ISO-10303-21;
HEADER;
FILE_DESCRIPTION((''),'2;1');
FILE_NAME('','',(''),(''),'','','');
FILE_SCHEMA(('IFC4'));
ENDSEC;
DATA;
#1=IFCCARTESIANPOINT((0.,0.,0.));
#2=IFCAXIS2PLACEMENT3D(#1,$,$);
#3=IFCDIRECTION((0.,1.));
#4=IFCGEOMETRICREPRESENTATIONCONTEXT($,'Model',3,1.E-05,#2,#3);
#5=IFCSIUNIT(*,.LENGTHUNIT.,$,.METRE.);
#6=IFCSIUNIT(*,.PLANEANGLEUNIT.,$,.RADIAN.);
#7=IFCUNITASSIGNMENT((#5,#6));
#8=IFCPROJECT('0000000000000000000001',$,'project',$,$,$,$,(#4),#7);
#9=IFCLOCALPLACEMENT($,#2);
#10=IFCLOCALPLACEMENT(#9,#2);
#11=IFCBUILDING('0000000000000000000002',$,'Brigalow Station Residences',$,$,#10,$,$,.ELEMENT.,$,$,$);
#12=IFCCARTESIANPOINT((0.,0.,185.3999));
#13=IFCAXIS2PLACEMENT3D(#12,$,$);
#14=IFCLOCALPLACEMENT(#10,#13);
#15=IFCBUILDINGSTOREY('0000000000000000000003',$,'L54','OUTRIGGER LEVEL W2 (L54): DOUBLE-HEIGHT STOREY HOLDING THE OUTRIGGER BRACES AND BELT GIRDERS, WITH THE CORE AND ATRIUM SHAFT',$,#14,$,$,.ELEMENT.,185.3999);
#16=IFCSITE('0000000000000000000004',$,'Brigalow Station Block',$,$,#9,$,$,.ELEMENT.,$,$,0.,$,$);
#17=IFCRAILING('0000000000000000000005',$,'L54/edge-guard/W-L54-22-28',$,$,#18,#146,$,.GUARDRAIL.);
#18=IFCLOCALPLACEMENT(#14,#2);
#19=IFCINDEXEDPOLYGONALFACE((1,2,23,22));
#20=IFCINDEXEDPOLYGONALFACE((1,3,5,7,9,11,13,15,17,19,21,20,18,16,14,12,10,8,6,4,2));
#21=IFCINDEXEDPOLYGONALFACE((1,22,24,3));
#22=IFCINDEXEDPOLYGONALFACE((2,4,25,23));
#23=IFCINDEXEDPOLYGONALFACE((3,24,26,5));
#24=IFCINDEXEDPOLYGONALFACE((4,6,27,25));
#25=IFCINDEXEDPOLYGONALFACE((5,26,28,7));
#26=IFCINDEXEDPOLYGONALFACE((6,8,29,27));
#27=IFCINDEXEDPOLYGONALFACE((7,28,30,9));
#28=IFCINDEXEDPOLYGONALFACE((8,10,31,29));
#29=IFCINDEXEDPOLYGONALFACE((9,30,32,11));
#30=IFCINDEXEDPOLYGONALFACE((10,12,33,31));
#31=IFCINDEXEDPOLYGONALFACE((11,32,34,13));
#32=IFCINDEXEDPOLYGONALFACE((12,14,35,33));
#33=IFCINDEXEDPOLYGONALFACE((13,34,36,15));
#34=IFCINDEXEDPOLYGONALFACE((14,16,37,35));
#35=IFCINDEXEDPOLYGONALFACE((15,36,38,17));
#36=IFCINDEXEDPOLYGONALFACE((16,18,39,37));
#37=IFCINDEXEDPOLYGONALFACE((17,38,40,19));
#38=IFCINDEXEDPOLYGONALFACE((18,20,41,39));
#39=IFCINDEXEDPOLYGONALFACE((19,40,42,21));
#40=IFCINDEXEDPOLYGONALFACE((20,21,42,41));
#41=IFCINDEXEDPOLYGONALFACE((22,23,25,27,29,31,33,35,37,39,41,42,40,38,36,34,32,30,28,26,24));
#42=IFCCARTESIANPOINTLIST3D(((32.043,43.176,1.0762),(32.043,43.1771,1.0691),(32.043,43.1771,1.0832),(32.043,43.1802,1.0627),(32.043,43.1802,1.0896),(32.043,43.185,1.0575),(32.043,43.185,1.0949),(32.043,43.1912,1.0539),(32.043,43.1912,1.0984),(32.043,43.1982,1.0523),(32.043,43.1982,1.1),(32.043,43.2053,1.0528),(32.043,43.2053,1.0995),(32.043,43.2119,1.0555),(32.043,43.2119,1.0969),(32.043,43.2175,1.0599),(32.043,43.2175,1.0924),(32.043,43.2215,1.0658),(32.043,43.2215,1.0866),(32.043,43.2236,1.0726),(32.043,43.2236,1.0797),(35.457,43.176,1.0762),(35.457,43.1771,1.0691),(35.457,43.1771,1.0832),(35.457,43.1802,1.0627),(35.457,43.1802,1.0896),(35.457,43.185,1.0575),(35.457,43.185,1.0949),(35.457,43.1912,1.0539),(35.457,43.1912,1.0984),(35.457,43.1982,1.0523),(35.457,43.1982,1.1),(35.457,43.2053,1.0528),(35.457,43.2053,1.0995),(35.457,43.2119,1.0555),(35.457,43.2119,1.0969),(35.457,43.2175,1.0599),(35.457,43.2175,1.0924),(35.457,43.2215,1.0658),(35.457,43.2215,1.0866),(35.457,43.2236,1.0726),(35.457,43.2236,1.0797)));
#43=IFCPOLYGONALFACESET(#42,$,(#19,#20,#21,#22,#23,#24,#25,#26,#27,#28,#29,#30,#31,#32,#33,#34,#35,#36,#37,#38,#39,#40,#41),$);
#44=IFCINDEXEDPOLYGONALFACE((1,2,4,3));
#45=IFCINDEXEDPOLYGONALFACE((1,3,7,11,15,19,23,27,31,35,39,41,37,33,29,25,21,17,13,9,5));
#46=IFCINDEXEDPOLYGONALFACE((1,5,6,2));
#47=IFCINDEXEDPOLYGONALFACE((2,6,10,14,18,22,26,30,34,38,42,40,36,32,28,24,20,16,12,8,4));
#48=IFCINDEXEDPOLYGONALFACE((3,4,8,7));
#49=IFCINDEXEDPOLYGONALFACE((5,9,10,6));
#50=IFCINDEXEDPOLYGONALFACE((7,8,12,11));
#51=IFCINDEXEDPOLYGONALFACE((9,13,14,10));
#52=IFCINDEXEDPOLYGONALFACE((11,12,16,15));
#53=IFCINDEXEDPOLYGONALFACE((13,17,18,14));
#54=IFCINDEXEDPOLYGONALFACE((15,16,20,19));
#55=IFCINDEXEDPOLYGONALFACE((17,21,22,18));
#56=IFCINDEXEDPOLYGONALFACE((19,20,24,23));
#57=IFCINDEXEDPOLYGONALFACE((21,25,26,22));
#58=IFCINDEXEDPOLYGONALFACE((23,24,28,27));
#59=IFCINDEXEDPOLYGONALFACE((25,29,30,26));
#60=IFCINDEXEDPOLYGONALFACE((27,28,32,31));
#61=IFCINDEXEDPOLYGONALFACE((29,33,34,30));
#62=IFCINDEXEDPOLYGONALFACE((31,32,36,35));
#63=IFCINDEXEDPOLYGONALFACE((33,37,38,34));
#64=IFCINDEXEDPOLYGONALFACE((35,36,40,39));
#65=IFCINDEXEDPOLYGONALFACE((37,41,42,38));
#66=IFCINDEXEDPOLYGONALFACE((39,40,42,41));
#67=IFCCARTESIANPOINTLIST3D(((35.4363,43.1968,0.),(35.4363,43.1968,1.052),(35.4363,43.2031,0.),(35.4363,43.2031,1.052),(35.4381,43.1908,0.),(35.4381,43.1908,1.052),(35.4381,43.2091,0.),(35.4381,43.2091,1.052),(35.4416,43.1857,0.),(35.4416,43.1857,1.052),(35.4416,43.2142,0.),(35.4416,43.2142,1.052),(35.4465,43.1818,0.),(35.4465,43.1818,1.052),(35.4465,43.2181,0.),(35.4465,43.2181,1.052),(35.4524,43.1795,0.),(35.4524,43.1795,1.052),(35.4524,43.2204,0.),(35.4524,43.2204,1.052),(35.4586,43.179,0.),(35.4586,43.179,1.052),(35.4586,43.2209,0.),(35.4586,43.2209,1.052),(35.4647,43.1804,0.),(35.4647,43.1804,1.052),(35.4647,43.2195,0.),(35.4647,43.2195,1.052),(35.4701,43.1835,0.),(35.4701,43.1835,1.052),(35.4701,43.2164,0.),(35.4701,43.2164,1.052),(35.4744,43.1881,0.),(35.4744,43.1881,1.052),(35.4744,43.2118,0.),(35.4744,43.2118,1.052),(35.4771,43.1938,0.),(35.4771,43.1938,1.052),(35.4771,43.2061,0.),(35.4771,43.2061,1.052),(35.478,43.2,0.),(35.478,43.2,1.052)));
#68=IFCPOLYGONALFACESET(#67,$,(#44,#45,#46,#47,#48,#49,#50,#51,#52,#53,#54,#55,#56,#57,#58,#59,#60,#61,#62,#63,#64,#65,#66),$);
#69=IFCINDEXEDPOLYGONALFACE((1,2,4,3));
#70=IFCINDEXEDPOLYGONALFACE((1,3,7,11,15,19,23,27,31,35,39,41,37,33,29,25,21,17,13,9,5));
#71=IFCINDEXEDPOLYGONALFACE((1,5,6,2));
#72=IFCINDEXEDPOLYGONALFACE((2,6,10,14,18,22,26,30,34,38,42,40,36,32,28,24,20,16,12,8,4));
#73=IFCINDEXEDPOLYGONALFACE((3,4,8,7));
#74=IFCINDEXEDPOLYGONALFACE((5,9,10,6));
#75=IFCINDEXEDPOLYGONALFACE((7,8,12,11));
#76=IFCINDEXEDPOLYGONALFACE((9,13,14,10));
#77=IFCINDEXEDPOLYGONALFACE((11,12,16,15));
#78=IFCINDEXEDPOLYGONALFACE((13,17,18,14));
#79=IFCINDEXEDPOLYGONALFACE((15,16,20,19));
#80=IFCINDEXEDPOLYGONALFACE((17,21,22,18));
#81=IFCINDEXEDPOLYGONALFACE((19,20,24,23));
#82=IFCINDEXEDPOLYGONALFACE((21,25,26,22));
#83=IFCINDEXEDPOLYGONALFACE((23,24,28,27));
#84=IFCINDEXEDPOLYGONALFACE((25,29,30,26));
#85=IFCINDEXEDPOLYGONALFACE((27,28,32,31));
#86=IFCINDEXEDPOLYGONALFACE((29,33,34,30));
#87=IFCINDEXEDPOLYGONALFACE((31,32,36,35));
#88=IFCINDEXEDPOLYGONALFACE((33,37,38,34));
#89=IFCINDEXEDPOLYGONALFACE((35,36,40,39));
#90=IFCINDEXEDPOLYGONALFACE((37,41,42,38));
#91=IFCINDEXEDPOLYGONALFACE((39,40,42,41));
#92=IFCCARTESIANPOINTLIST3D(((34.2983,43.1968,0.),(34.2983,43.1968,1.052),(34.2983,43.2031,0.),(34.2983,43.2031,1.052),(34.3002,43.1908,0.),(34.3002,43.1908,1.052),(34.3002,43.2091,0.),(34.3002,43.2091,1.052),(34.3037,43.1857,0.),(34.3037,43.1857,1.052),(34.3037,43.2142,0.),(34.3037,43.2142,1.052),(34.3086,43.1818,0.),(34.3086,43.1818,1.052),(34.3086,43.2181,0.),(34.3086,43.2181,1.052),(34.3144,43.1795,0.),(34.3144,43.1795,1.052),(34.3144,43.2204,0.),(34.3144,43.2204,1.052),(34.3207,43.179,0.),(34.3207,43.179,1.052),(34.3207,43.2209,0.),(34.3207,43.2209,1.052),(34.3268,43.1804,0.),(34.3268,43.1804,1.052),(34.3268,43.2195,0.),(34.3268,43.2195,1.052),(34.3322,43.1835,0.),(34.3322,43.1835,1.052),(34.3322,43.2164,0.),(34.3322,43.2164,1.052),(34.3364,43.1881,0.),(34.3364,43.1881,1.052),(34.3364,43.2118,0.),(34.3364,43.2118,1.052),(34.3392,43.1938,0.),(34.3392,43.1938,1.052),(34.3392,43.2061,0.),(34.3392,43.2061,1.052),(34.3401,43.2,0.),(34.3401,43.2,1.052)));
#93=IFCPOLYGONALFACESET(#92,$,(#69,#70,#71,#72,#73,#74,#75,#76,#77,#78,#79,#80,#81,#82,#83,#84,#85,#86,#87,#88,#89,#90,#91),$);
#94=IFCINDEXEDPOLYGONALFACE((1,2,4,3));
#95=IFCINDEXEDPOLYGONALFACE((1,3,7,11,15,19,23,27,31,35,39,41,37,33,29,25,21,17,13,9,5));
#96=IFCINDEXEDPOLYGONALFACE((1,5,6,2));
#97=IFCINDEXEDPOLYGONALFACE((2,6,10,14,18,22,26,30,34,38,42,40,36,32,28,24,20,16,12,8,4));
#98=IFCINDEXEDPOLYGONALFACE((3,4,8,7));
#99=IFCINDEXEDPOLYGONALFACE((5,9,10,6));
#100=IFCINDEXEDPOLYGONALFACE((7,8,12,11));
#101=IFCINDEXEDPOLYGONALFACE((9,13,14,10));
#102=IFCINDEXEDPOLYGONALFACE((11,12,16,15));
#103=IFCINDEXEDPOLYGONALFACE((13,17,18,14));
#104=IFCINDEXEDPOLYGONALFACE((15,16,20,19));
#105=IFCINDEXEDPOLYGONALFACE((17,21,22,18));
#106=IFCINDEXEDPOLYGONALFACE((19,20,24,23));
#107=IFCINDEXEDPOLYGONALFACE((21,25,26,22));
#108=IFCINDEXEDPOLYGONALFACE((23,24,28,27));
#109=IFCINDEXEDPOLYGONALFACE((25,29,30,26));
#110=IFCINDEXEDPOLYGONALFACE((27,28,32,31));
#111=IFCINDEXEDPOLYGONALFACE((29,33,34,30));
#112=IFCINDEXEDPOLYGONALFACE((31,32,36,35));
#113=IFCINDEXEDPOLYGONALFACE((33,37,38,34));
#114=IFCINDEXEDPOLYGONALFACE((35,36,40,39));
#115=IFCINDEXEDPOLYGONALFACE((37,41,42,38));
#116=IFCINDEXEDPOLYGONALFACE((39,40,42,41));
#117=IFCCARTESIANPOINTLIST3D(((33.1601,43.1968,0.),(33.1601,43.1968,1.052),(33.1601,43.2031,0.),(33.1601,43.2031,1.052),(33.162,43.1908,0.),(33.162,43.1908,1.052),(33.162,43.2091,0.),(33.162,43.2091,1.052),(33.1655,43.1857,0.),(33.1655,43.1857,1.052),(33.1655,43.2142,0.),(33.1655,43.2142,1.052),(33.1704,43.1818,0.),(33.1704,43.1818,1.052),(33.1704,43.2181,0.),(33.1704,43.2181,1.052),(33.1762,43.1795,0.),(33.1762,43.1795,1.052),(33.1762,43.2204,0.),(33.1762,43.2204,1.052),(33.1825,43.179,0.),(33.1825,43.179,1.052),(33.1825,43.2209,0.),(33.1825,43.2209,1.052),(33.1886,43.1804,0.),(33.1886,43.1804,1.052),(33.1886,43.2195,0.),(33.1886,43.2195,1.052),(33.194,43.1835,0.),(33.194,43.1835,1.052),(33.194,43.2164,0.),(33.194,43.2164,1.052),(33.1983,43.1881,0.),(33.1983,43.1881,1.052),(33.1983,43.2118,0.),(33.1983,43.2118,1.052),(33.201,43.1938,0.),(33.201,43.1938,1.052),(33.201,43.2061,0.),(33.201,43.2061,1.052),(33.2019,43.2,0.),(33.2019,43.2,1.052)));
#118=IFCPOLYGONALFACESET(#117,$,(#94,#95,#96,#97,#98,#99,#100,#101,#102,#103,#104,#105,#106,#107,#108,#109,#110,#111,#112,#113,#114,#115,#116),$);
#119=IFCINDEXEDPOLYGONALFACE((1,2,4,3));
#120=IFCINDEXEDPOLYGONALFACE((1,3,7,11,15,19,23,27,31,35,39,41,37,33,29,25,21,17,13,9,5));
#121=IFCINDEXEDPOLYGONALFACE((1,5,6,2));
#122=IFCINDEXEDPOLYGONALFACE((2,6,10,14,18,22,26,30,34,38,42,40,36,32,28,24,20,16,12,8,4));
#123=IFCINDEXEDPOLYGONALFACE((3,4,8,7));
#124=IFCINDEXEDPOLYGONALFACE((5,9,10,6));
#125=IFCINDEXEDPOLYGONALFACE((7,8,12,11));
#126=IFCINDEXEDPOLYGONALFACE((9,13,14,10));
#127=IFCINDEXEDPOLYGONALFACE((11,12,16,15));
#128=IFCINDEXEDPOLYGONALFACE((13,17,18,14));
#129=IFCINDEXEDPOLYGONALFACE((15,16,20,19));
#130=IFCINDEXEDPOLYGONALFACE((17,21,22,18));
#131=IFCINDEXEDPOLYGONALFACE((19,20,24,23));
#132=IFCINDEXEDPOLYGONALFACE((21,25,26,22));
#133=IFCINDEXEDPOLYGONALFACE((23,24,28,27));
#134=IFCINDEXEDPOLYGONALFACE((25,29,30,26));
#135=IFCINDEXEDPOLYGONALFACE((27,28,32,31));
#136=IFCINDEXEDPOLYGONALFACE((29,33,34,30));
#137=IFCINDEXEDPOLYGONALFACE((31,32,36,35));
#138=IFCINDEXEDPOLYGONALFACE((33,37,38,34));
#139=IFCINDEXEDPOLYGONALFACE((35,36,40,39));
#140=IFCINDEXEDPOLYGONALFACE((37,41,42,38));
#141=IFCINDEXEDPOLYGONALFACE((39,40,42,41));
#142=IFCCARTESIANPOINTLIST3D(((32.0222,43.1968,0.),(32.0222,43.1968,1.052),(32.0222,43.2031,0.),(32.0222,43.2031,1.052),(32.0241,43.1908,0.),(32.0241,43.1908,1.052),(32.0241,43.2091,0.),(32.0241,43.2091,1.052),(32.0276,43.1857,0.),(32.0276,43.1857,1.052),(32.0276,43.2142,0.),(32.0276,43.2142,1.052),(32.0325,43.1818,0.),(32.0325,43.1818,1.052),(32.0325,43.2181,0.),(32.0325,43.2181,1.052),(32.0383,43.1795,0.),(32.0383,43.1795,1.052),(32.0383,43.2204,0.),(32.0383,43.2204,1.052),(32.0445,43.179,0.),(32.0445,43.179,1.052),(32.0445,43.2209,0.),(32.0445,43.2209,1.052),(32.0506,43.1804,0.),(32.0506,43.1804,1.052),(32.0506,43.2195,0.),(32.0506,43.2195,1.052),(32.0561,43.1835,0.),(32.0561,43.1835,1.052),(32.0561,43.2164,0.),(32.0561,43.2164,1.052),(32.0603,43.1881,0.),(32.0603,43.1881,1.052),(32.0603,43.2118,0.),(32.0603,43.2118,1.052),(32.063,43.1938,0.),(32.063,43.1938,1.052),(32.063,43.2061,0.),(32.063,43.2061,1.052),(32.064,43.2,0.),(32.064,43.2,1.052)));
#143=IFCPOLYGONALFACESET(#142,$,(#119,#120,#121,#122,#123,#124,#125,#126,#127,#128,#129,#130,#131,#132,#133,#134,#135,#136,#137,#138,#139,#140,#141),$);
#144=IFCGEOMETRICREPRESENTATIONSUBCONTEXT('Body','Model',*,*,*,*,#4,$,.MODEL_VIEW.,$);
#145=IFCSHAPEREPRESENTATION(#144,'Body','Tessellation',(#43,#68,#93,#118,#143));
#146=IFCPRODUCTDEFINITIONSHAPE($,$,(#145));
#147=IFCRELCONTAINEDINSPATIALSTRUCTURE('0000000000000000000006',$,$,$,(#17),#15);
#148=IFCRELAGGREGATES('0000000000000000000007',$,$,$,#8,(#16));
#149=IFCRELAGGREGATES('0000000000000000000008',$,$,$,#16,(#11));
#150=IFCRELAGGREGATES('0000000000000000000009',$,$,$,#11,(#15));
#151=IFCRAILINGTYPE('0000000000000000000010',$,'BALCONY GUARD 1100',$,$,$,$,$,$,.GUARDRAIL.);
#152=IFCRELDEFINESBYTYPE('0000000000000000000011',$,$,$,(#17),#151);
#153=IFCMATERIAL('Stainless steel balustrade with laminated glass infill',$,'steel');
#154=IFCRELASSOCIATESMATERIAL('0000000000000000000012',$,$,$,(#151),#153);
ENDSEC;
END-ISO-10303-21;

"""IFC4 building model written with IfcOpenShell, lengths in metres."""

from ifc_helpers import new_model, si_unit, direction, frame, origin, origin_2d, place, context, subcontext, project, spatial, circle, extrude, material, type_object, element, save


model = new_model("IFC4")

# Units and contexts
model_context = context("Model", 3, precision=1e-05, world=origin(), true_north=direction((0.0, 1.0)))
body_context = subcontext(model_context, "Body", "Model", "MODEL_VIEW")
ifc_project = project(units=[si_unit("LENGTHUNIT", "METRE"), si_unit("PLANEANGLEUNIT", "RADIAN")], contexts=[model_context])

# Site, building, storey
site_placement = place(None, origin())
site = spatial("IfcSite", under=ifc_project, at=site_placement, Name="Brigalow Station Block", CompositionType="ELEMENT", RefElevation=0.0)
building_placement = place(site_placement, origin())
building = spatial("IfcBuilding", under=site, at=building_placement, Name="Brigalow Station Residences", CompositionType="ELEMENT")
storey_placement = place(building_placement, frame((0.0, 0.0, 185.3999)))
storey = spatial("IfcBuildingStorey", under=building, at=storey_placement, Name="L54", Description="OUTRIGGER LEVEL W2 (L54): DOUBLE-HEIGHT STOREY HOLDING THE OUTRIGGER BRACES AND BELT GIRDERS, WITH THE CORE AND ATRIUM SHAFT", CompositionType="ELEMENT", Elevation=185.3999)

# Railing
ifc_material_1 = material(Name="Stainless steel balustrade with laminated glass infill", Category="steel")
railing_type = type_object("IfcRailingType", Name="BALCONY GUARD 1100", PredefinedType="GUARDRAIL", material=ifc_material_1)
for number, where, name in (
    (1, (35.457, 43.2, 0.0), "L54/edge-guard/W-L54-22-28"),
):
    element("IfcRailing", number, at=place(storey_placement, frame(where)), inside=storey, type_object=railing_type, Name=name, PredefinedType="GUARDRAIL", context=body_context, shape_type="SweptSolid", body=[
        extrude(circle(Radius=0.0239, at=origin_2d()), frame((0.0, 0.0, 1.0762), z_axis=(-1.0, 0.0, 0.0), x_axis=(0.0, -1.0, 0.0)), (0.0, 0.0, 1.0), 3.4141),
        extrude(circle(Radius=0.021, at=origin_2d()), origin(), (0.0, 0.0, 1.0), 1.052),
        extrude(circle(Radius=0.021, at=origin_2d()), frame((-1.1379, 0.0, 0.0)), (0.0, 0.0, 1.0), 1.052),
        extrude(circle(Radius=0.021, at=origin_2d()), frame((-2.2761, 0.0, 0.0)), (0.0, 0.0, 1.0), 1.052),
        extrude(circle(Radius=0.021, at=origin_2d()), frame((-3.4141, 0.0, 0.0)), (0.0, 0.0, 1.0), 1.052),
    ])

save(model, "model.ifc")
